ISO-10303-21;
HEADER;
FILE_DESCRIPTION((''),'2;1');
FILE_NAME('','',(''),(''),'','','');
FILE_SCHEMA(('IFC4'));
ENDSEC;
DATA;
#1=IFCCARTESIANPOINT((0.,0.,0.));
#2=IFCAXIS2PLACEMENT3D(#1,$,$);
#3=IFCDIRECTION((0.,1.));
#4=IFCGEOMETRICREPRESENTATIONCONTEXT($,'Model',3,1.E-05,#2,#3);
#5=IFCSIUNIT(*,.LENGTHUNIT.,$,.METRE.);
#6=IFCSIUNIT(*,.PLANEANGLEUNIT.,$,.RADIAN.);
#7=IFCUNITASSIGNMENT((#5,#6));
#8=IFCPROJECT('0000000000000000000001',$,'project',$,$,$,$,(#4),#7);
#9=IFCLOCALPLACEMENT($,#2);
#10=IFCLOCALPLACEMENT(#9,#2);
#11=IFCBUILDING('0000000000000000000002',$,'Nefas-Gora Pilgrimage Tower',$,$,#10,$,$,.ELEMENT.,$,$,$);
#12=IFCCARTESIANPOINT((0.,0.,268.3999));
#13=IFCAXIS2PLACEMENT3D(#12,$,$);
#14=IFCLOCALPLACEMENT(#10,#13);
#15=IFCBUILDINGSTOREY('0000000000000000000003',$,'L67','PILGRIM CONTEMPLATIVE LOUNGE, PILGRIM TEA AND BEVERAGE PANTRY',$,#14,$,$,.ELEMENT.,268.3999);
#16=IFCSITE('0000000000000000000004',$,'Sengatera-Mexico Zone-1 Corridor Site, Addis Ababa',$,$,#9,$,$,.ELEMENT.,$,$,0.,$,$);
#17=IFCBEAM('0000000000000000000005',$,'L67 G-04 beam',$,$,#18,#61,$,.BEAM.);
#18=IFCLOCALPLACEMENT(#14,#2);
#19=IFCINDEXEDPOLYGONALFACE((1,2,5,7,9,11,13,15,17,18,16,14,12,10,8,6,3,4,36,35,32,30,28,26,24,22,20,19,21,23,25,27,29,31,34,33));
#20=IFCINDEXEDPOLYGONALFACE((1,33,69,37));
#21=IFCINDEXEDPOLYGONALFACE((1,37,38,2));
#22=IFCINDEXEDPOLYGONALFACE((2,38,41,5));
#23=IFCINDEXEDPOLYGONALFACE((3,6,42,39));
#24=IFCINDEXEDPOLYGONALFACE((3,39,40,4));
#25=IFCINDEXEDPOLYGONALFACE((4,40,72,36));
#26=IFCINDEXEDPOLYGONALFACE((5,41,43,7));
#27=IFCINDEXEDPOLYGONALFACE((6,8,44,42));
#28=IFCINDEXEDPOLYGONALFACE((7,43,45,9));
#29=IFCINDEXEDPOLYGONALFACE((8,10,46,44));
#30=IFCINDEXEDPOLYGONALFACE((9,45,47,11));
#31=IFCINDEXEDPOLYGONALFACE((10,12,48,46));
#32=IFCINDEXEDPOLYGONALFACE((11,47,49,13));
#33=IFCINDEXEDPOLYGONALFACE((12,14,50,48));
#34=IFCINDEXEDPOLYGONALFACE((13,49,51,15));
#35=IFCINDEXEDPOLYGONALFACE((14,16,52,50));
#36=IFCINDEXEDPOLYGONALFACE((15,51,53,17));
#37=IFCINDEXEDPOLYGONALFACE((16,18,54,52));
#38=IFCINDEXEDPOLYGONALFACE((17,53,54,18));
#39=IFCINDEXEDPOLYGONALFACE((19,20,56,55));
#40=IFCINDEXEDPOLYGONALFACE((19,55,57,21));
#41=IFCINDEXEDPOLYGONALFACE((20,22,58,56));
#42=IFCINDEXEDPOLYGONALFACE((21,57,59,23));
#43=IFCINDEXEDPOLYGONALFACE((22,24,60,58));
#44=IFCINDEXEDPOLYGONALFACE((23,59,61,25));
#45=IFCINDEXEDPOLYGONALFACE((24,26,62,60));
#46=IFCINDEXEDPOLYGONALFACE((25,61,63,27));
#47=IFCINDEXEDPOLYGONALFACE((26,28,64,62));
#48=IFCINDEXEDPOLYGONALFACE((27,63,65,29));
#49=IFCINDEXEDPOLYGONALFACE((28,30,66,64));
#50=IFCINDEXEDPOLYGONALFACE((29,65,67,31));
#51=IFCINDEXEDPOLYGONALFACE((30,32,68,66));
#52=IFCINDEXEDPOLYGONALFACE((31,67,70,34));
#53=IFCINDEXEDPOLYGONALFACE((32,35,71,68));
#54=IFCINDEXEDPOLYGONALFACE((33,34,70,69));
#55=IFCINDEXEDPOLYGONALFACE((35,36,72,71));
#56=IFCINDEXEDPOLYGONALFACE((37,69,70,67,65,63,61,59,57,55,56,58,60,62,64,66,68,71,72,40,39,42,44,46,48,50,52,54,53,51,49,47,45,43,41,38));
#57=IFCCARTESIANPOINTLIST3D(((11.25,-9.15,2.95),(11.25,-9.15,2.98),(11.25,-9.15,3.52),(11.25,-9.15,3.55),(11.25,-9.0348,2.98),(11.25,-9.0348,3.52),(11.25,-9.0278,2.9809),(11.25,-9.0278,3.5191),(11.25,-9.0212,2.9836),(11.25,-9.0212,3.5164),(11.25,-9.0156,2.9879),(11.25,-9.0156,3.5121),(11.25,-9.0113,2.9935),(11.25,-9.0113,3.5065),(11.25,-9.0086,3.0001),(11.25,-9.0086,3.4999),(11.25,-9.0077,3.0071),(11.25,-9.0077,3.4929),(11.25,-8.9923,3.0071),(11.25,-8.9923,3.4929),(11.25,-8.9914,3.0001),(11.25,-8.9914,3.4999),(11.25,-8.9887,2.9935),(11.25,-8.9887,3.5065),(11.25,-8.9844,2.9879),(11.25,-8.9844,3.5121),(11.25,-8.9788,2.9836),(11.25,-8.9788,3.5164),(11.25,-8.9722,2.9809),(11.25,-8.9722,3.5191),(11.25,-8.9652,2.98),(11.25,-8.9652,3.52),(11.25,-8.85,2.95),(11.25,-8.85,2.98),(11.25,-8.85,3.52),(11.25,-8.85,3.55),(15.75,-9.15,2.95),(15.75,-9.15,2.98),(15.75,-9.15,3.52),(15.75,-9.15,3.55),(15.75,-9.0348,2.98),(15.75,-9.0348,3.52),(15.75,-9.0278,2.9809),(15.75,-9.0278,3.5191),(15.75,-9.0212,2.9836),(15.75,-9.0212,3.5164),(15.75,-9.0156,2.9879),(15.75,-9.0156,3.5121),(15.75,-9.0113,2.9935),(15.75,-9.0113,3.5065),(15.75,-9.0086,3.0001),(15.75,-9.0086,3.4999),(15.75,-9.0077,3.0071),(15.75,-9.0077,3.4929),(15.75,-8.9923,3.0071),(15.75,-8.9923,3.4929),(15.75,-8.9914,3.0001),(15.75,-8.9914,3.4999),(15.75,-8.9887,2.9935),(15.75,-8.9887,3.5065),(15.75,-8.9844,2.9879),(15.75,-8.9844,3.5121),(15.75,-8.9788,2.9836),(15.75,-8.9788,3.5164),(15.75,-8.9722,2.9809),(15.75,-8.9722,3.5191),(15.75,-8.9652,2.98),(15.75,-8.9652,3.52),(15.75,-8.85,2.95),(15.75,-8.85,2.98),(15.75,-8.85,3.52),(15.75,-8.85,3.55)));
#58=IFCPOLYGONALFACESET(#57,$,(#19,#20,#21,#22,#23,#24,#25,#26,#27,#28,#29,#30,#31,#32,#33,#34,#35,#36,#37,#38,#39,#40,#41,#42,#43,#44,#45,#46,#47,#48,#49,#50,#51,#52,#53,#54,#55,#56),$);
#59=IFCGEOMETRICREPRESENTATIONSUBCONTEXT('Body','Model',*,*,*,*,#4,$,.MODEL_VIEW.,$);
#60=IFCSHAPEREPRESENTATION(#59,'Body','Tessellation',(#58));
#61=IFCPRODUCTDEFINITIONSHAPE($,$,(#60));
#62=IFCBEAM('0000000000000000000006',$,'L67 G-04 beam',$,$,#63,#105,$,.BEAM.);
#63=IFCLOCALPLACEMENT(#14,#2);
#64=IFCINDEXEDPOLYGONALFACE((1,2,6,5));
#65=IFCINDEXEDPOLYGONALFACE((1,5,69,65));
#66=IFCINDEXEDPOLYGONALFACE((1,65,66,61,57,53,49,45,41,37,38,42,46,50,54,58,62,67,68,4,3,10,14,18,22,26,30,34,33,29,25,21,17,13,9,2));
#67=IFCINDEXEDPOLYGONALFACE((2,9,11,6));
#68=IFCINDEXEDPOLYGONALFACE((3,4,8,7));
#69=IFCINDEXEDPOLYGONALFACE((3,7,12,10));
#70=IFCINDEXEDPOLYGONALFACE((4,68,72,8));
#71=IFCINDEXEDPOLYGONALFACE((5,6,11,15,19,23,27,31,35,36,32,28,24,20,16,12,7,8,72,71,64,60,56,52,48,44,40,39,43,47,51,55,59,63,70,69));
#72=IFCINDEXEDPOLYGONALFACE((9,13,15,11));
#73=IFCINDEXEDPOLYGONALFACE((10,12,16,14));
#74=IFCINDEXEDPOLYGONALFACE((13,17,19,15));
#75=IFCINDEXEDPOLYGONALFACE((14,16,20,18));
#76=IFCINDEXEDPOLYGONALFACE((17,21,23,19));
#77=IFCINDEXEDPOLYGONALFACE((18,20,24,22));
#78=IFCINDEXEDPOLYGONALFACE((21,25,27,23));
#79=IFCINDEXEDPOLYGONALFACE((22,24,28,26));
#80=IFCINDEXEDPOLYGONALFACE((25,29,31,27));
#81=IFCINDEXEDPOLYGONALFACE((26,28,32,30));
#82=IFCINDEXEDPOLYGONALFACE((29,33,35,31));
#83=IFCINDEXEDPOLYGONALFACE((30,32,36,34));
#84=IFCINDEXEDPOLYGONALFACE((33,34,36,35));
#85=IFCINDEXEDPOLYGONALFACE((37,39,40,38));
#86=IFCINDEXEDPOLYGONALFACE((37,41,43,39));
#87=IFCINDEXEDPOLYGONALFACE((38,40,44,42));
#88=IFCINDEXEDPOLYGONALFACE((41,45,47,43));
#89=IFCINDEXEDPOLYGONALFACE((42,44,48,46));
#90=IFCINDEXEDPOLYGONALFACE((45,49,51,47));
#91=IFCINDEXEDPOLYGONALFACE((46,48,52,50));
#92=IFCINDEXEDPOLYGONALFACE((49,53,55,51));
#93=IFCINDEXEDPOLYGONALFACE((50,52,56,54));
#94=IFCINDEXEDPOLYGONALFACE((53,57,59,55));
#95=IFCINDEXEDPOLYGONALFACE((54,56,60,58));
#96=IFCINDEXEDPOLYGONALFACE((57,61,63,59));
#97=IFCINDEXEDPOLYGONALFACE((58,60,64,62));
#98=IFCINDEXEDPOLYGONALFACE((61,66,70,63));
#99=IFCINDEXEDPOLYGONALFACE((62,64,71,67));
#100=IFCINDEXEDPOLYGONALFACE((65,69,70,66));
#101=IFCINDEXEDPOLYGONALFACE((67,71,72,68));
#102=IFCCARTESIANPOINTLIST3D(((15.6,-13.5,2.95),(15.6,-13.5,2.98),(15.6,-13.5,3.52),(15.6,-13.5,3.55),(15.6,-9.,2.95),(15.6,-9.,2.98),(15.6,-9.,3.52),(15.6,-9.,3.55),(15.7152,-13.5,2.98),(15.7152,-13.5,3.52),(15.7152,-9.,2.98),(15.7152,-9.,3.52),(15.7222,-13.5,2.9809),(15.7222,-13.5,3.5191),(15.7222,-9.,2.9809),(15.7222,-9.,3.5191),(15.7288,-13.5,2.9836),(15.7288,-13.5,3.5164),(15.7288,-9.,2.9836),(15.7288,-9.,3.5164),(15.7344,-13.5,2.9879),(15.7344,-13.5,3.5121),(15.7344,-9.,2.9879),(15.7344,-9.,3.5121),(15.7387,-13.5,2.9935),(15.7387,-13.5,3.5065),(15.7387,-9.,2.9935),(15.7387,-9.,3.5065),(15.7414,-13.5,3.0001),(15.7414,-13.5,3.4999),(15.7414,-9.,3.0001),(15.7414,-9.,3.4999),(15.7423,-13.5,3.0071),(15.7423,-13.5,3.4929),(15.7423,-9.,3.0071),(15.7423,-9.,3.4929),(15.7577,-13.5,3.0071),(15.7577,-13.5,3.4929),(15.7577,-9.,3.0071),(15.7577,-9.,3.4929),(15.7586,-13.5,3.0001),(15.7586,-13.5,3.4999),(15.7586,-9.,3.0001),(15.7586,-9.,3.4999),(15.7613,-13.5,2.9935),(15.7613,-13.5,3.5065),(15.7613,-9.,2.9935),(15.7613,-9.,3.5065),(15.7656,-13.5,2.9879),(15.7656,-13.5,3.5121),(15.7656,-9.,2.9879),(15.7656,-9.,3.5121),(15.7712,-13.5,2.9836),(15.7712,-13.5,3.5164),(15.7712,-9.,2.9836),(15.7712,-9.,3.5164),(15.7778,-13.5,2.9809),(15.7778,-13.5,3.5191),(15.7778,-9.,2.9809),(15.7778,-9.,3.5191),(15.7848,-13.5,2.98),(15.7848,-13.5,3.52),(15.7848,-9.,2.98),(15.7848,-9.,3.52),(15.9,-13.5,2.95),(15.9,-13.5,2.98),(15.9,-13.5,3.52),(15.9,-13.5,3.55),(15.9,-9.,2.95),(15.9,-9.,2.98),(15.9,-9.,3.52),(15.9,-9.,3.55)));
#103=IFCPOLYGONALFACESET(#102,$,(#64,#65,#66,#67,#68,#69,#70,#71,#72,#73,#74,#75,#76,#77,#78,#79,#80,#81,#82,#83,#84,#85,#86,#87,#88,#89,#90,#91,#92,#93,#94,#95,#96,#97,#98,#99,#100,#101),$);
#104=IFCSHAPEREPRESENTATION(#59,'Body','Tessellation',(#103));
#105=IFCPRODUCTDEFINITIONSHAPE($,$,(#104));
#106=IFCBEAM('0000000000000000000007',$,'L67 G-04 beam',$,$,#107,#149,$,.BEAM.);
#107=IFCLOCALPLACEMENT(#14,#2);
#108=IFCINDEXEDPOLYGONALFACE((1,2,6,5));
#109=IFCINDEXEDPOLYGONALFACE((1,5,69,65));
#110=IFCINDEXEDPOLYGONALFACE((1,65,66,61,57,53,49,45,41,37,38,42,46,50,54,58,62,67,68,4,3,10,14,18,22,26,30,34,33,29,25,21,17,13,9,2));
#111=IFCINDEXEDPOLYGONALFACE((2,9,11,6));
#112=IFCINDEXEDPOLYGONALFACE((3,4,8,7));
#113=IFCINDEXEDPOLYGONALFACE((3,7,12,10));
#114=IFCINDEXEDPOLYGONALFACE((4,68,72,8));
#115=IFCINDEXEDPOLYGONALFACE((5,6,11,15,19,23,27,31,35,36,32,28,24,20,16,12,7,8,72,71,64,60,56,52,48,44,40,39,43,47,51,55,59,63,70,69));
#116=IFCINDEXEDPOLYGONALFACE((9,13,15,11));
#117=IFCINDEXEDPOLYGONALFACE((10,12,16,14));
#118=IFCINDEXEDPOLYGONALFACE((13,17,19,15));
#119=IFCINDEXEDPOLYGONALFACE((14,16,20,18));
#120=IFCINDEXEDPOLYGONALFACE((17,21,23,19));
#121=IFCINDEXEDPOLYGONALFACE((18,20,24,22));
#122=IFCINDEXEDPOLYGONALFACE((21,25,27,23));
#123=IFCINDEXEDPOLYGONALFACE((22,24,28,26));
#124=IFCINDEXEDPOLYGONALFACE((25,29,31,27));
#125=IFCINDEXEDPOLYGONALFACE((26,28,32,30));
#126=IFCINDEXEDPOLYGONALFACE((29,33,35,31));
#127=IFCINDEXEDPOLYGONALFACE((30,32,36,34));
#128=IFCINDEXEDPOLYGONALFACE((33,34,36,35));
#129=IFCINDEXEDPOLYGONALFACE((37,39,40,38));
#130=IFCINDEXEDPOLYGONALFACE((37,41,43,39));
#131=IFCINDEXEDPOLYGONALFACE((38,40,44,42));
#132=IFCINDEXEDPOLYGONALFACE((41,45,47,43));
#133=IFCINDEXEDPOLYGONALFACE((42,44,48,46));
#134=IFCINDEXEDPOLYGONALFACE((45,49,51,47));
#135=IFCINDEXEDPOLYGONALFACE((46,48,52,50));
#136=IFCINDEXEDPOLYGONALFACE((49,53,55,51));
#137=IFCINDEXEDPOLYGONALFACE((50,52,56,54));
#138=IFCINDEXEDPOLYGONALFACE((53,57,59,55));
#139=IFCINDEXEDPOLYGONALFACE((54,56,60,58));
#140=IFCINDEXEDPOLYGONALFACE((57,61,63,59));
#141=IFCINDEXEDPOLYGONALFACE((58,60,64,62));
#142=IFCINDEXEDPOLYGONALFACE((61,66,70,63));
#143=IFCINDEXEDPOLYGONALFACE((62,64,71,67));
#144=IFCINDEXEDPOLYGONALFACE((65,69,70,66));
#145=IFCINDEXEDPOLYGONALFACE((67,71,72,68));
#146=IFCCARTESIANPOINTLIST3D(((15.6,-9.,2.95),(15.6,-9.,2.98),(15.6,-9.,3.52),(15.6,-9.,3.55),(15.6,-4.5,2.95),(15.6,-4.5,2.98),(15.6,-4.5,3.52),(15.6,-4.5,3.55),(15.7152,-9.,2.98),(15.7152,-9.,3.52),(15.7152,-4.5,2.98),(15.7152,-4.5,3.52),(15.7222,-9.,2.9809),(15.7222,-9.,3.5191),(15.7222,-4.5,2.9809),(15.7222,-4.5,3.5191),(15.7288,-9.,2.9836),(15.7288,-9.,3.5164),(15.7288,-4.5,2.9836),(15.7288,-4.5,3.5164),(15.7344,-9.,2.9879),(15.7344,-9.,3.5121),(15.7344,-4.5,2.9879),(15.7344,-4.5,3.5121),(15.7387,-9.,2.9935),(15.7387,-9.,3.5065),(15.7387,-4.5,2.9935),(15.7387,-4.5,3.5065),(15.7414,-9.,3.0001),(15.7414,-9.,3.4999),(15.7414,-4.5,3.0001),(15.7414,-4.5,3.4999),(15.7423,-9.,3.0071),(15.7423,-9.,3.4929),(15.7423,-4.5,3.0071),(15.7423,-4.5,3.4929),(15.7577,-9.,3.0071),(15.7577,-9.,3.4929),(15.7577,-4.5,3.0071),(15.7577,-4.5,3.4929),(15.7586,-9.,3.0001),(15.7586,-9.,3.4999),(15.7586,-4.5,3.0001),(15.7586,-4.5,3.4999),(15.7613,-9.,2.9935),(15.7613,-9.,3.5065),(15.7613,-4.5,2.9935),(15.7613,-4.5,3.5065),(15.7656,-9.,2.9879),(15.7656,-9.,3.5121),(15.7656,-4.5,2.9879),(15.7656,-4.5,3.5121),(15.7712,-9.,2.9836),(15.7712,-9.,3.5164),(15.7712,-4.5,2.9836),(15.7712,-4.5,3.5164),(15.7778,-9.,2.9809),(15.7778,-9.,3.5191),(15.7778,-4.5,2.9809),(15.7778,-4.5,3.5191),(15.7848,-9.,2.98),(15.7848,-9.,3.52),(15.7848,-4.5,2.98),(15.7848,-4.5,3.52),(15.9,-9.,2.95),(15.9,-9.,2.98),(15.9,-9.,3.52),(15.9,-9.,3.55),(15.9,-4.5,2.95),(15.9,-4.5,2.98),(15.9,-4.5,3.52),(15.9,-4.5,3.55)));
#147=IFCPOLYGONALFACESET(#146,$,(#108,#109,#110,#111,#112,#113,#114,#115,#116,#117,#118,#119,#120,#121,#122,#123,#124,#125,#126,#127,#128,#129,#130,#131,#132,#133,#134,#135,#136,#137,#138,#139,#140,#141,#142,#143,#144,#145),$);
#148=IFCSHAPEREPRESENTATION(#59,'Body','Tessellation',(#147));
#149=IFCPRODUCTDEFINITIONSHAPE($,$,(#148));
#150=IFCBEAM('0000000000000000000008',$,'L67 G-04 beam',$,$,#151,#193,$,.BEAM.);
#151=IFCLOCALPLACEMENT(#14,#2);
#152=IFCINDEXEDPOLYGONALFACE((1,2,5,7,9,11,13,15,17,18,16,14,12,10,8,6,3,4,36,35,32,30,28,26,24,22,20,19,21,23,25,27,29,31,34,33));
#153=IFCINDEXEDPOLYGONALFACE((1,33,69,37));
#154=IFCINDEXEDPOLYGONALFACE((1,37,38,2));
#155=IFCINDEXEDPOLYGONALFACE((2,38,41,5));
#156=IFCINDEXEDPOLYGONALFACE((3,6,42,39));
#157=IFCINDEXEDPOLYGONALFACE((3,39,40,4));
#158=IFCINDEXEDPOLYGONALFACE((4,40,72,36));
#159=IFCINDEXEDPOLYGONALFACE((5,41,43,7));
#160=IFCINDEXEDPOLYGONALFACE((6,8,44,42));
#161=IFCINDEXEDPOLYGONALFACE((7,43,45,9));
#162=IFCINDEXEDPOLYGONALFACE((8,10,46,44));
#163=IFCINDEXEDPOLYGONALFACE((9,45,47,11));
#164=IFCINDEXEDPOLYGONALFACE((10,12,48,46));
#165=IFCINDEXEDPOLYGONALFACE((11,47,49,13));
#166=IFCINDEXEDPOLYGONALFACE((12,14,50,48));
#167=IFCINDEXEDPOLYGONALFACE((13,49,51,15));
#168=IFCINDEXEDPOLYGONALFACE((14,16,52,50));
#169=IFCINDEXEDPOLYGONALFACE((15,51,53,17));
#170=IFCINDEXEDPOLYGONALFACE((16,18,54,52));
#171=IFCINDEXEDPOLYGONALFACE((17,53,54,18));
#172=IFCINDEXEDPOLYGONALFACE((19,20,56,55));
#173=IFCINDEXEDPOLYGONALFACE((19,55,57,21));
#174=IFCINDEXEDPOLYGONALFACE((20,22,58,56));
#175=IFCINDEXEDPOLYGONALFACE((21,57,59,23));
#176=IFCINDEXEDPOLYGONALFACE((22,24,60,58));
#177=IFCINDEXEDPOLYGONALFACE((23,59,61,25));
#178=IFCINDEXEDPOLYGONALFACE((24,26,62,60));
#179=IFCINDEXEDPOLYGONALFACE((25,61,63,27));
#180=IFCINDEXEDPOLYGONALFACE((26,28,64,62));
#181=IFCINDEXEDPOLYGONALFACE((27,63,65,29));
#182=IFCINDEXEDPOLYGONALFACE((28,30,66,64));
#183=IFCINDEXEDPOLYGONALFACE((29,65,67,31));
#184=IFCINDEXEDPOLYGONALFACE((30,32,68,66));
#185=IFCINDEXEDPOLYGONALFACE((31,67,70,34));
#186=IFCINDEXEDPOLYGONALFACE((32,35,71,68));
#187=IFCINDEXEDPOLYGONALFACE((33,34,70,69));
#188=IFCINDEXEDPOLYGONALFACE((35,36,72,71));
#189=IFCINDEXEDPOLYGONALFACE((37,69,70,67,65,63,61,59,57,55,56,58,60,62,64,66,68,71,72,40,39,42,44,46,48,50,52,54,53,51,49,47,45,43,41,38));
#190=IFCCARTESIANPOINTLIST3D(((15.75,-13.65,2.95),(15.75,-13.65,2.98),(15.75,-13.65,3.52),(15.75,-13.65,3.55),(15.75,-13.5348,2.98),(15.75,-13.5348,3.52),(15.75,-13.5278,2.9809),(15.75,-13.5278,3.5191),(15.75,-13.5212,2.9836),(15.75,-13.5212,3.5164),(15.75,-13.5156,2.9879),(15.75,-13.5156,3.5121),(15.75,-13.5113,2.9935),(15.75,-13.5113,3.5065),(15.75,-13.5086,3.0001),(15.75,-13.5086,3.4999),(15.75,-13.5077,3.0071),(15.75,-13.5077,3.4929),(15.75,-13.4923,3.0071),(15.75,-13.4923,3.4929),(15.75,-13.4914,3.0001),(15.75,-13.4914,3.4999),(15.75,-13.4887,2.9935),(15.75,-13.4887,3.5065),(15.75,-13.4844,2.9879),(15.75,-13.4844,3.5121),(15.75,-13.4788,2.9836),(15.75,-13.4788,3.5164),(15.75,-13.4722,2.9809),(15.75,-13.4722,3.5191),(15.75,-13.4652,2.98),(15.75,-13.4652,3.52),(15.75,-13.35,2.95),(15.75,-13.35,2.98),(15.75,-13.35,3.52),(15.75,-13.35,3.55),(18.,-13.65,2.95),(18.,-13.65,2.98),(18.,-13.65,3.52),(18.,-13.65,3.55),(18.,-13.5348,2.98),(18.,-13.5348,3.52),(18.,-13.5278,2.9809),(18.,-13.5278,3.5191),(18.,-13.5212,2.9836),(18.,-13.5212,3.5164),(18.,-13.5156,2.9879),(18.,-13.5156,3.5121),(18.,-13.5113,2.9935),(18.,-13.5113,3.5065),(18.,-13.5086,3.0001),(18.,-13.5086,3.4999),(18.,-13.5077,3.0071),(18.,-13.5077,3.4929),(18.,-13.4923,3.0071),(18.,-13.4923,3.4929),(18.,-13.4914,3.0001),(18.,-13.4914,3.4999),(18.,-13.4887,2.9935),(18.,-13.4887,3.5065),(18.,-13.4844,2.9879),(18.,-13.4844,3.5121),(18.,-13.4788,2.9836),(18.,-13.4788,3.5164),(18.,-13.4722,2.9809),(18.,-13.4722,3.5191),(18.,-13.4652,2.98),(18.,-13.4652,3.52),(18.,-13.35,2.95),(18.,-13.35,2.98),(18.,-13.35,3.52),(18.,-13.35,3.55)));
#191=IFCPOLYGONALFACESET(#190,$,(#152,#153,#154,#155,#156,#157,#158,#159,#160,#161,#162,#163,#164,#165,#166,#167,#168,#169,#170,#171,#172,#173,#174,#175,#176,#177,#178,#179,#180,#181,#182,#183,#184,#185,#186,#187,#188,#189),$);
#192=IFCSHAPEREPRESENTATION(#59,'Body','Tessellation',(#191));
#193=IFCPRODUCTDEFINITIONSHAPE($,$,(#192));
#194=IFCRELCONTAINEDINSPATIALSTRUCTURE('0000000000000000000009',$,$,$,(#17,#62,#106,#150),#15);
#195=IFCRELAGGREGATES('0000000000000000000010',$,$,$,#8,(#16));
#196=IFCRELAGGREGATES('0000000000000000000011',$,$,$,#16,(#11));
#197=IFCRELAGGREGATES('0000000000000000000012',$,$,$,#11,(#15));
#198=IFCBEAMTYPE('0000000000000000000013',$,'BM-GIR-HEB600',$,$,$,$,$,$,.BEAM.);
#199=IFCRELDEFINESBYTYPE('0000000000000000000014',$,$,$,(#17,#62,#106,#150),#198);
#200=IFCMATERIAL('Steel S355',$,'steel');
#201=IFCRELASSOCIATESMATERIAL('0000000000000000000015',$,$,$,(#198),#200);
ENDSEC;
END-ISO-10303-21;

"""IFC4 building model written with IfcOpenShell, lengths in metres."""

from ifc_helpers import new_model, si_unit, direction, frame, origin, origin_2d, place, context, subcontext, project, spatial, i_section, extrude, source, transform, mapped, material, material_profile, profile_set, type_object, element, save


model = new_model("IFC4")

# Units and contexts
model_context = context("Model", 3, precision=1e-05, world=origin(), true_north=direction((0.0, 1.0)))
body_context = subcontext(model_context, "Body", "Model", "MODEL_VIEW")
ifc_project = project(units=[si_unit("LENGTHUNIT", "METRE"), si_unit("PLANEANGLEUNIT", "RADIAN")], contexts=[model_context])

# Site, building, storey
site_placement = place(None, origin())
site = spatial("IfcSite", under=ifc_project, at=site_placement, Name="Sengatera-Mexico Zone-1 Corridor Site, Addis Ababa", CompositionType="ELEMENT", RefElevation=0.0)
building_placement = place(site_placement, origin())
building = spatial("IfcBuilding", under=site, at=building_placement, Name="Nefas-Gora Pilgrimage Tower", CompositionType="ELEMENT")
storey_placement = place(building_placement, frame((0.0, 0.0, 268.3999)))
storey = spatial("IfcBuildingStorey", under=building, at=storey_placement, Name="L67", Description="PILGRIM CONTEMPLATIVE LOUNGE, PILGRIM TEA AND BEVERAGE PANTRY", CompositionType="ELEMENT", Elevation=268.3999)

# Shared definitions
ifc_material_1 = material(Name="Steel S355", Category="steel")

# Beams
ifc_material_profile_1 = material_profile(ifc_material_1, i_section(OverallWidth=0.3, OverallDepth=0.6001, WebThickness=0.0154, FlangeThickness=0.03, FilletRadius=0.0271, at=origin_2d()), Name="HEB 600")
ifc_profile_set_1 = profile_set([ifc_material_profile_1], Name="Steel S355")
beam_type_1 = type_object("IfcBeamType", Name="BM-GIR-HEB600", PredefinedType="BEAM", material=ifc_profile_set_1)
shared_shape_1 = source(origin(), body_context, "Body", "SweptSolid", [
    extrude(i_section(OverallWidth=0.3, OverallDepth=0.6001, WebThickness=0.0154, FlangeThickness=0.03, FilletRadius=0.0271, at=origin_2d()), origin(), (0.0, 0.0, 1.0), 4.5),
])
for number, where, z_axis, x_axis, name in (
    (1, (11.25, -9.0, 3.25), (1.0, 0.0, 0.0), (0.0, 1.0, 0.0), "L67 G-04 beam"),
    (2, (15.75, -13.5, 3.25), (0.0, 1.0, 0.0), (-1.0, 0.0, 0.0), "L67 G-04 beam"),
    (3, (15.75, -9.0, 3.25), (0.0, 1.0, 0.0), (-1.0, 0.0, 0.0), "L67 G-04 beam"),
):
    element("IfcBeam", number, at=place(storey_placement, frame(where, z_axis=z_axis, x_axis=x_axis)), inside=storey, type_object=beam_type_1, Name=name, PredefinedType="BEAM", context=body_context, shape_type="MappedRepresentation", body=[
        mapped(shared_shape_1, transform((0.0, 0.0, 0.0), x_axis=(1.0, 0.0, 0.0), y_axis=(0.0, 1.0, 0.0), z_axis=(0.0, 0.0, 1.0), scale=1.0)),
    ])
shared_shape_2 = source(origin(), body_context, "Body", "SweptSolid", [
    extrude(i_section(OverallWidth=0.3, OverallDepth=0.6001, WebThickness=0.0154, FlangeThickness=0.03, FilletRadius=0.0271, at=origin_2d()), origin(), (0.0, 0.0, 1.0), 2.25),
])
for number, where, z_axis, x_axis, name in (
    (4, (15.75, -13.5, 3.25), (1.0, 0.0, 0.0), (0.0, 1.0, 0.0), "L67 G-04 beam"),
):
    element("IfcBeam", number, at=place(storey_placement, frame(where, z_axis=z_axis, x_axis=x_axis)), inside=storey, type_object=beam_type_1, Name=name, PredefinedType="BEAM", context=body_context, shape_type="MappedRepresentation", body=[
        mapped(shared_shape_2, transform((0.0, 0.0, 0.0), x_axis=(1.0, 0.0, 0.0), y_axis=(0.0, 1.0, 0.0), z_axis=(0.0, 0.0, 1.0), scale=1.0)),
    ])

save(model, "model.ifc")
